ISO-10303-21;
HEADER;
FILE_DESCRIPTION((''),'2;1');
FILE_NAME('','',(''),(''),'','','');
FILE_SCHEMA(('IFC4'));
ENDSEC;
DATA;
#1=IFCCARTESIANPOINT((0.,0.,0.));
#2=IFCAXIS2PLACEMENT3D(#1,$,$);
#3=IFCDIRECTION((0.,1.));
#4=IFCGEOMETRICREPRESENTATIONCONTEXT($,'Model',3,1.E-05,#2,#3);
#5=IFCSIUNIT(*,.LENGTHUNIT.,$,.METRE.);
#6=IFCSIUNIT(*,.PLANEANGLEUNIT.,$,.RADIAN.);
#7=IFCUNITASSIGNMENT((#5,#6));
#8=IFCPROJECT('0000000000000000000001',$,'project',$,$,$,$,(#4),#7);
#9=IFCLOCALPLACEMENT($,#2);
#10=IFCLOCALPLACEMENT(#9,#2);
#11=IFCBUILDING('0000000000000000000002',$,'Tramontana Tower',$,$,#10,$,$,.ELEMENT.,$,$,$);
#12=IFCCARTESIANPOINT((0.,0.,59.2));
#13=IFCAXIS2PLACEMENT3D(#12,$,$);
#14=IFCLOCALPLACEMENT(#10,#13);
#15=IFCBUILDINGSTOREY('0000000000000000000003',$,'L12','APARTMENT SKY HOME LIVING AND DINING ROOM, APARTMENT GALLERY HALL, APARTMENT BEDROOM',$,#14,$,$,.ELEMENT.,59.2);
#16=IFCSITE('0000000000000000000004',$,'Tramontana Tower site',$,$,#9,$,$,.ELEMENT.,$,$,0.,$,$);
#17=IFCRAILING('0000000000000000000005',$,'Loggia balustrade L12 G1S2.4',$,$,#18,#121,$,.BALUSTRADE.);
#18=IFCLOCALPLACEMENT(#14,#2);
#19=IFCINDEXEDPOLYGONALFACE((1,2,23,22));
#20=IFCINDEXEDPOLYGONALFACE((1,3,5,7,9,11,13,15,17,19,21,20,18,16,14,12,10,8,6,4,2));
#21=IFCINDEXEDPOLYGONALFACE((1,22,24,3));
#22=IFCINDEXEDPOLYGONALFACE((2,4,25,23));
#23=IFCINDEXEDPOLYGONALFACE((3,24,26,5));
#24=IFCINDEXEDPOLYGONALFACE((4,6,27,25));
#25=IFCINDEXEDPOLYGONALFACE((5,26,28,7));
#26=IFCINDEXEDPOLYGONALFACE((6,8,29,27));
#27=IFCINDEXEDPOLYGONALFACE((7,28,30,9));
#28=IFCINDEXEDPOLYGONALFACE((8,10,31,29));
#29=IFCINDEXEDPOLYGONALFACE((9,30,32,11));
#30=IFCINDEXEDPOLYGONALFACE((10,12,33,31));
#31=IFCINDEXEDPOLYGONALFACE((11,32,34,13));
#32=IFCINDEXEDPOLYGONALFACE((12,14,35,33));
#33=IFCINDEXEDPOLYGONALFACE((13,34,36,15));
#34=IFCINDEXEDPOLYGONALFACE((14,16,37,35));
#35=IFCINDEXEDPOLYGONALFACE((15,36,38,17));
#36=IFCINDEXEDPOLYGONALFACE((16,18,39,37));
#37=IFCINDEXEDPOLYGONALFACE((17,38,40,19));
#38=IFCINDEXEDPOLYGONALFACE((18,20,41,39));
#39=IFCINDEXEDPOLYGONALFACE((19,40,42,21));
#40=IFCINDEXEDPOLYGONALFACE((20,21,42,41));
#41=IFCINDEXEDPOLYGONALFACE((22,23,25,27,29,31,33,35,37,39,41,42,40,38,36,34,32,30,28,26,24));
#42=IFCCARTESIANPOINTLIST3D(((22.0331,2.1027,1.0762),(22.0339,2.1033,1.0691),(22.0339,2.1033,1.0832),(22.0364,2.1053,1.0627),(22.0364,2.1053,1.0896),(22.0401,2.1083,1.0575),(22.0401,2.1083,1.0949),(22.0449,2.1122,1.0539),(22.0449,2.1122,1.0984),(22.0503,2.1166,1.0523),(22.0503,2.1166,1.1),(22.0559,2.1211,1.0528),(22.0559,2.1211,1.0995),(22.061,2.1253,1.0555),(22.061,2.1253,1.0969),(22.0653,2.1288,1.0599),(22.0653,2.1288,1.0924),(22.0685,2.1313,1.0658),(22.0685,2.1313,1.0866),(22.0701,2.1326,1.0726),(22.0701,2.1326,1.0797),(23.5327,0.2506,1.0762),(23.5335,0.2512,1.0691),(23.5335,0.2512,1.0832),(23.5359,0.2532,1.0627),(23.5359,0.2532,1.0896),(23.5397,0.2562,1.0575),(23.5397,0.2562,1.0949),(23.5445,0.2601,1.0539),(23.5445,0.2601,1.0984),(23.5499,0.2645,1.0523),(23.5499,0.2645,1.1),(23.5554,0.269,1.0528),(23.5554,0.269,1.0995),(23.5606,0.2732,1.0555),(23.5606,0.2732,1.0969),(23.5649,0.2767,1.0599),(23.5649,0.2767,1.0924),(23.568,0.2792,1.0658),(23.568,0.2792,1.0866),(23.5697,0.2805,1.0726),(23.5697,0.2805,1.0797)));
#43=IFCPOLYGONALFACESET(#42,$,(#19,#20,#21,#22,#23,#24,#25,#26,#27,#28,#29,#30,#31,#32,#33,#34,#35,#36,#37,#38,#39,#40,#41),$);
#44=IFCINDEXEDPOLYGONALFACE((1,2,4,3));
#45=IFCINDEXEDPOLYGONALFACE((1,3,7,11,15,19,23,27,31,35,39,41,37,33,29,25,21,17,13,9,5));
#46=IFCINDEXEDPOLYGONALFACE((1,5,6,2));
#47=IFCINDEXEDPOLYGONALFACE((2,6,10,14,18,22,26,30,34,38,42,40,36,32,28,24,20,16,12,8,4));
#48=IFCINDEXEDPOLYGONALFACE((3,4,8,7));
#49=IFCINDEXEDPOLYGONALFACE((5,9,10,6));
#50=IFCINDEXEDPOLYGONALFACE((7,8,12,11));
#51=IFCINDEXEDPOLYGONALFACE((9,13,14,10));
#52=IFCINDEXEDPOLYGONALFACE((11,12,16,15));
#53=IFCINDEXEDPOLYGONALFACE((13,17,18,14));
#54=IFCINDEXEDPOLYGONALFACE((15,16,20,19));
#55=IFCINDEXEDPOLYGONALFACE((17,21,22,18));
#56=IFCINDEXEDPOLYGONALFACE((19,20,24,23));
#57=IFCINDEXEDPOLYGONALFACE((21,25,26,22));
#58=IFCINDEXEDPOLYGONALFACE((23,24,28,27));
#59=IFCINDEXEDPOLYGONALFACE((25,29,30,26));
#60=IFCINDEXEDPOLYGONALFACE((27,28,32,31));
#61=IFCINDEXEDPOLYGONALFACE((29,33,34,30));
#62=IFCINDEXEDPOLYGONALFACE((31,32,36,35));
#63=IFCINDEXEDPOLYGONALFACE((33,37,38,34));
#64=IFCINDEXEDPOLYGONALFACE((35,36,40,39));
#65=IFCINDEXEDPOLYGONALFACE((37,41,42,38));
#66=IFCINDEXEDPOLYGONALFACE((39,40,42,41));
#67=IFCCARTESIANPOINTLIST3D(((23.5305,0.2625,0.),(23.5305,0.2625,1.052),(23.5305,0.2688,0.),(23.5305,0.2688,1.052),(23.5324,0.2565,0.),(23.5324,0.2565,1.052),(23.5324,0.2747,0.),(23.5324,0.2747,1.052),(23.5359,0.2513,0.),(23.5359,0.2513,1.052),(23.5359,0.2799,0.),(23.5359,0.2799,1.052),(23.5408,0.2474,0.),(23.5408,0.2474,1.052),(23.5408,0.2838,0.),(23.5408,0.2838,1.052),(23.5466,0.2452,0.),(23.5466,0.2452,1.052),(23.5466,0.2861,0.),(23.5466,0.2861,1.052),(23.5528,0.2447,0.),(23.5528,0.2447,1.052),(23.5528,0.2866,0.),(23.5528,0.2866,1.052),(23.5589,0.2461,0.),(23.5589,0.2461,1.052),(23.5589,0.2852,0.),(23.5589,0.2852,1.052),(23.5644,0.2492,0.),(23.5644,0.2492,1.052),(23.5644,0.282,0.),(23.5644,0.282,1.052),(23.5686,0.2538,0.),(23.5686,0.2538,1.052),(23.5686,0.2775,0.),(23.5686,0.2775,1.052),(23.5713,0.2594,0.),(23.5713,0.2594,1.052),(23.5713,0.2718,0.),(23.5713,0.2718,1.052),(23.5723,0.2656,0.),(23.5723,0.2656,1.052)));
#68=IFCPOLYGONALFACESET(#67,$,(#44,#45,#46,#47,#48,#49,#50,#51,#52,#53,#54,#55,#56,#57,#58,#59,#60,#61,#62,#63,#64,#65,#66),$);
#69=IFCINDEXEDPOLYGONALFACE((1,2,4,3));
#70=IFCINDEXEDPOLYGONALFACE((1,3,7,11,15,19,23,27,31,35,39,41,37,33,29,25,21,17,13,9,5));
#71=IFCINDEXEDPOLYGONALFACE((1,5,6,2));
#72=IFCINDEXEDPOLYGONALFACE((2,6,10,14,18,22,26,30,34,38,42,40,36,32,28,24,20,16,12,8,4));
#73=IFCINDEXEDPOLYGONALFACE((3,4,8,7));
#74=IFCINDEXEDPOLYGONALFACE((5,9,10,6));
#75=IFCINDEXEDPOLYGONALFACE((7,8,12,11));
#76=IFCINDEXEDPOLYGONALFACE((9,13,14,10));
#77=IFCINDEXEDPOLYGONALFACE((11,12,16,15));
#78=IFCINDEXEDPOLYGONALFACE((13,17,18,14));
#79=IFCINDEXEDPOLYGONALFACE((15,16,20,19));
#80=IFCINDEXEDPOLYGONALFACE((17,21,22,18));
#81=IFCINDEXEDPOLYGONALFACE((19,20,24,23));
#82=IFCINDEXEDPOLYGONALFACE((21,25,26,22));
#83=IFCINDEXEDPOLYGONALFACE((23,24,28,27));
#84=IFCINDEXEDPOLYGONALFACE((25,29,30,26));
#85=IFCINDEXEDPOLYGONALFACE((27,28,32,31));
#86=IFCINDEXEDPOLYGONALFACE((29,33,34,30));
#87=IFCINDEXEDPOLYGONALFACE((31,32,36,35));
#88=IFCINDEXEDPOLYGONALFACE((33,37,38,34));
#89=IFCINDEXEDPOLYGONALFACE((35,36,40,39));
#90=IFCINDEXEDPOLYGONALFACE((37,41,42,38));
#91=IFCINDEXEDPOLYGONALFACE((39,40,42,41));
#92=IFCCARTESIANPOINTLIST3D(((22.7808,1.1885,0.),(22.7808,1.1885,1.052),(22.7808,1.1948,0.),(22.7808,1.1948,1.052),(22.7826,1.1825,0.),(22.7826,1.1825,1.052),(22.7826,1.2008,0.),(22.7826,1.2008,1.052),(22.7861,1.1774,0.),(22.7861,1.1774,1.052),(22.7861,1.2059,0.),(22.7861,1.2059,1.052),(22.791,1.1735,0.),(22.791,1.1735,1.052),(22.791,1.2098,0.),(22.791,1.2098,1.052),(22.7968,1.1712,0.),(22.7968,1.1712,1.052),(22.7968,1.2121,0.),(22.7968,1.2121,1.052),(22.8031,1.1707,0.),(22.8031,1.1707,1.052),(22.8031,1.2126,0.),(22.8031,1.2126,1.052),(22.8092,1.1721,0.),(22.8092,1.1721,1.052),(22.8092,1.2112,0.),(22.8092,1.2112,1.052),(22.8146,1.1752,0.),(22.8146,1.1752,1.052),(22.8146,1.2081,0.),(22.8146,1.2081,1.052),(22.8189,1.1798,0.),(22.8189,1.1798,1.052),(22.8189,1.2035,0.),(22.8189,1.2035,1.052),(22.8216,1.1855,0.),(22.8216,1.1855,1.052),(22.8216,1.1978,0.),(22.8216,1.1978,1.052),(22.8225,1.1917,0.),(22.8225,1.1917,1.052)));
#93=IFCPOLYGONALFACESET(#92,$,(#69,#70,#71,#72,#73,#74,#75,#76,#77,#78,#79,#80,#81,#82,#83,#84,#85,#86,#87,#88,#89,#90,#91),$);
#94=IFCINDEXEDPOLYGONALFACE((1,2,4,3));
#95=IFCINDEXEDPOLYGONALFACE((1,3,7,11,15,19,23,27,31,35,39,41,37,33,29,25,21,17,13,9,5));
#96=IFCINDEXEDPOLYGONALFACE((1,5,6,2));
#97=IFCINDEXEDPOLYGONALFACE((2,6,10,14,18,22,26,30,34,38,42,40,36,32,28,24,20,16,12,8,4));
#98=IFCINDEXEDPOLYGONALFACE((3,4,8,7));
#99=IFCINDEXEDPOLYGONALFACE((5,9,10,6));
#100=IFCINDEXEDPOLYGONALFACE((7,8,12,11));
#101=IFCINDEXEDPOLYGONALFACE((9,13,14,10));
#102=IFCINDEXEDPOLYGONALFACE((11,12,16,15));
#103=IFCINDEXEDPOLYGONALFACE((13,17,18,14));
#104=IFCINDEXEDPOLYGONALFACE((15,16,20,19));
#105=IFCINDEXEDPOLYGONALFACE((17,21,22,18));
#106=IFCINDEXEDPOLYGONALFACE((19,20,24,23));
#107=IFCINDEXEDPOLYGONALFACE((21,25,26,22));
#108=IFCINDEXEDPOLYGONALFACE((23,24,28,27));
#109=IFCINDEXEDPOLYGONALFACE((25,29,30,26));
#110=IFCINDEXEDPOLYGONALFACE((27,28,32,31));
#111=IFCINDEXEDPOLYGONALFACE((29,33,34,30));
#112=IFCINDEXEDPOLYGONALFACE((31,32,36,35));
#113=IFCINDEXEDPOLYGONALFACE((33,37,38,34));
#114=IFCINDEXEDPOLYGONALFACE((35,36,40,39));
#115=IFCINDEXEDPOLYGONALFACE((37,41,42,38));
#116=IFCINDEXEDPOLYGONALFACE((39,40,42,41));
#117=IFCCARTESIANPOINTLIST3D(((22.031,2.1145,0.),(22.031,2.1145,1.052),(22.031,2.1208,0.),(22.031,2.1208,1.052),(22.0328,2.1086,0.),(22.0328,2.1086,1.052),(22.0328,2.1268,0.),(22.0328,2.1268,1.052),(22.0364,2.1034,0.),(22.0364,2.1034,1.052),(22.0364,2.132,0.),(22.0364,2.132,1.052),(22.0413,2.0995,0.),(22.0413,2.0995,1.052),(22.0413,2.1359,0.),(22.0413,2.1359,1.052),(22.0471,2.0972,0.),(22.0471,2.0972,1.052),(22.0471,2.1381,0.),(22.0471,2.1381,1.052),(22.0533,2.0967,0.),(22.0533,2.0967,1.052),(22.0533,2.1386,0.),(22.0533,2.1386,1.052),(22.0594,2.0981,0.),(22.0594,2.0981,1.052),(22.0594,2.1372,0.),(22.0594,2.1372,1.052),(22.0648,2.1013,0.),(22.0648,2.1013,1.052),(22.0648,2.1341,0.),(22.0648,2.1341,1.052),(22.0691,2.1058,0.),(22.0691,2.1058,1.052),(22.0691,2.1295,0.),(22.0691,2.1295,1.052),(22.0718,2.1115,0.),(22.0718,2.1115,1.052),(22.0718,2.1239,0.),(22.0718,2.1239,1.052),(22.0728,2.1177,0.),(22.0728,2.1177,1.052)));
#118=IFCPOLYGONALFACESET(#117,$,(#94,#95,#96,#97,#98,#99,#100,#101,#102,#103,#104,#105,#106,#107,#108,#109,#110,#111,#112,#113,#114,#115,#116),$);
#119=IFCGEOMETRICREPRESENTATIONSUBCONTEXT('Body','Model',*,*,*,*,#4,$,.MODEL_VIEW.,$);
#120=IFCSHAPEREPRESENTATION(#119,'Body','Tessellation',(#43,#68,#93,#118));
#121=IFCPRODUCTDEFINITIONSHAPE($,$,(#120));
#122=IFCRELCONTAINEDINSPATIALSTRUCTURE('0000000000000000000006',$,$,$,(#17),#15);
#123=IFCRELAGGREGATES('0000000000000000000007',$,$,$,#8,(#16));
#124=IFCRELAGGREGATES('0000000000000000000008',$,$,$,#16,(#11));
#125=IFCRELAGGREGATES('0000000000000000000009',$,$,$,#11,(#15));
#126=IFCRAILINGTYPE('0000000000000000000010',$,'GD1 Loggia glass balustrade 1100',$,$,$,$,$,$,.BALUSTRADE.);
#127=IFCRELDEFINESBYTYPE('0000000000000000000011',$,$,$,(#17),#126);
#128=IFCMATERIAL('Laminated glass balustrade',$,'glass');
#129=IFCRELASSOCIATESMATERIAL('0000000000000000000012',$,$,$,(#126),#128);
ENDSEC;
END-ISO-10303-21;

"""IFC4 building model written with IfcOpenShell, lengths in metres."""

from ifc_helpers import new_model, si_unit, direction, frame, origin, origin_2d, place, context, subcontext, project, spatial, circle, extrude, material, type_object, element, save


model = new_model("IFC4")

# Units and contexts
model_context = context("Model", 3, precision=1e-05, world=origin(), true_north=direction((0.0, 1.0)))
body_context = subcontext(model_context, "Body", "Model", "MODEL_VIEW")
ifc_project = project(units=[si_unit("LENGTHUNIT", "METRE"), si_unit("PLANEANGLEUNIT", "RADIAN")], contexts=[model_context])

# Site, building, storey
site_placement = place(None, origin())
site = spatial("IfcSite", under=ifc_project, at=site_placement, Name="Tramontana Tower site", CompositionType="ELEMENT", RefElevation=0.0)
building_placement = place(site_placement, origin())
building = spatial("IfcBuilding", under=site, at=building_placement, Name="Tramontana Tower", CompositionType="ELEMENT")
storey_placement = place(building_placement, frame((0.0, 0.0, 59.2)))
storey = spatial("IfcBuildingStorey", under=building, at=storey_placement, Name="L12", Description="APARTMENT SKY HOME LIVING AND DINING ROOM, APARTMENT GALLERY HALL, APARTMENT BEDROOM", CompositionType="ELEMENT", Elevation=59.2)

# Railing
ifc_material_1 = material(Name="Laminated glass balustrade", Category="glass")
railing_type = type_object("IfcRailingType", Name="GD1 Loggia glass balustrade 1100", PredefinedType="BALUSTRADE", material=ifc_material_1)
railing_1_placement = place(storey_placement, frame((23.5513, 0.2656, 0.0)))
element("IfcRailing", 1, at=railing_1_placement, inside=storey, type_object=railing_type, Name="Loggia balustrade L12 G1S2.4", PredefinedType="BALUSTRADE", context=body_context, shape_type="SweptSolid", body=[
    extrude(circle(Radius=0.0239, at=origin_2d()), frame((0.0, 0.0, 1.0762), z_axis=(-0.629257, 0.777197, 0.0), x_axis=(-0.777197, -0.629257, 0.0)), (0.0, 0.0, 1.0), 2.3831),
    extrude(circle(Radius=0.021, at=origin_2d()), origin(), (0.0, 0.0, 1.0), 1.052),
    extrude(circle(Radius=0.021, at=origin_2d()), frame((-0.7498, 0.926, 0.0)), (0.0, 0.0, 1.0), 1.052),
    extrude(circle(Radius=0.021, at=origin_2d()), frame((-1.4995, 1.8521, 0.0)), (0.0, 0.0, 1.0), 1.052),
])

save(model, "model.ifc")
